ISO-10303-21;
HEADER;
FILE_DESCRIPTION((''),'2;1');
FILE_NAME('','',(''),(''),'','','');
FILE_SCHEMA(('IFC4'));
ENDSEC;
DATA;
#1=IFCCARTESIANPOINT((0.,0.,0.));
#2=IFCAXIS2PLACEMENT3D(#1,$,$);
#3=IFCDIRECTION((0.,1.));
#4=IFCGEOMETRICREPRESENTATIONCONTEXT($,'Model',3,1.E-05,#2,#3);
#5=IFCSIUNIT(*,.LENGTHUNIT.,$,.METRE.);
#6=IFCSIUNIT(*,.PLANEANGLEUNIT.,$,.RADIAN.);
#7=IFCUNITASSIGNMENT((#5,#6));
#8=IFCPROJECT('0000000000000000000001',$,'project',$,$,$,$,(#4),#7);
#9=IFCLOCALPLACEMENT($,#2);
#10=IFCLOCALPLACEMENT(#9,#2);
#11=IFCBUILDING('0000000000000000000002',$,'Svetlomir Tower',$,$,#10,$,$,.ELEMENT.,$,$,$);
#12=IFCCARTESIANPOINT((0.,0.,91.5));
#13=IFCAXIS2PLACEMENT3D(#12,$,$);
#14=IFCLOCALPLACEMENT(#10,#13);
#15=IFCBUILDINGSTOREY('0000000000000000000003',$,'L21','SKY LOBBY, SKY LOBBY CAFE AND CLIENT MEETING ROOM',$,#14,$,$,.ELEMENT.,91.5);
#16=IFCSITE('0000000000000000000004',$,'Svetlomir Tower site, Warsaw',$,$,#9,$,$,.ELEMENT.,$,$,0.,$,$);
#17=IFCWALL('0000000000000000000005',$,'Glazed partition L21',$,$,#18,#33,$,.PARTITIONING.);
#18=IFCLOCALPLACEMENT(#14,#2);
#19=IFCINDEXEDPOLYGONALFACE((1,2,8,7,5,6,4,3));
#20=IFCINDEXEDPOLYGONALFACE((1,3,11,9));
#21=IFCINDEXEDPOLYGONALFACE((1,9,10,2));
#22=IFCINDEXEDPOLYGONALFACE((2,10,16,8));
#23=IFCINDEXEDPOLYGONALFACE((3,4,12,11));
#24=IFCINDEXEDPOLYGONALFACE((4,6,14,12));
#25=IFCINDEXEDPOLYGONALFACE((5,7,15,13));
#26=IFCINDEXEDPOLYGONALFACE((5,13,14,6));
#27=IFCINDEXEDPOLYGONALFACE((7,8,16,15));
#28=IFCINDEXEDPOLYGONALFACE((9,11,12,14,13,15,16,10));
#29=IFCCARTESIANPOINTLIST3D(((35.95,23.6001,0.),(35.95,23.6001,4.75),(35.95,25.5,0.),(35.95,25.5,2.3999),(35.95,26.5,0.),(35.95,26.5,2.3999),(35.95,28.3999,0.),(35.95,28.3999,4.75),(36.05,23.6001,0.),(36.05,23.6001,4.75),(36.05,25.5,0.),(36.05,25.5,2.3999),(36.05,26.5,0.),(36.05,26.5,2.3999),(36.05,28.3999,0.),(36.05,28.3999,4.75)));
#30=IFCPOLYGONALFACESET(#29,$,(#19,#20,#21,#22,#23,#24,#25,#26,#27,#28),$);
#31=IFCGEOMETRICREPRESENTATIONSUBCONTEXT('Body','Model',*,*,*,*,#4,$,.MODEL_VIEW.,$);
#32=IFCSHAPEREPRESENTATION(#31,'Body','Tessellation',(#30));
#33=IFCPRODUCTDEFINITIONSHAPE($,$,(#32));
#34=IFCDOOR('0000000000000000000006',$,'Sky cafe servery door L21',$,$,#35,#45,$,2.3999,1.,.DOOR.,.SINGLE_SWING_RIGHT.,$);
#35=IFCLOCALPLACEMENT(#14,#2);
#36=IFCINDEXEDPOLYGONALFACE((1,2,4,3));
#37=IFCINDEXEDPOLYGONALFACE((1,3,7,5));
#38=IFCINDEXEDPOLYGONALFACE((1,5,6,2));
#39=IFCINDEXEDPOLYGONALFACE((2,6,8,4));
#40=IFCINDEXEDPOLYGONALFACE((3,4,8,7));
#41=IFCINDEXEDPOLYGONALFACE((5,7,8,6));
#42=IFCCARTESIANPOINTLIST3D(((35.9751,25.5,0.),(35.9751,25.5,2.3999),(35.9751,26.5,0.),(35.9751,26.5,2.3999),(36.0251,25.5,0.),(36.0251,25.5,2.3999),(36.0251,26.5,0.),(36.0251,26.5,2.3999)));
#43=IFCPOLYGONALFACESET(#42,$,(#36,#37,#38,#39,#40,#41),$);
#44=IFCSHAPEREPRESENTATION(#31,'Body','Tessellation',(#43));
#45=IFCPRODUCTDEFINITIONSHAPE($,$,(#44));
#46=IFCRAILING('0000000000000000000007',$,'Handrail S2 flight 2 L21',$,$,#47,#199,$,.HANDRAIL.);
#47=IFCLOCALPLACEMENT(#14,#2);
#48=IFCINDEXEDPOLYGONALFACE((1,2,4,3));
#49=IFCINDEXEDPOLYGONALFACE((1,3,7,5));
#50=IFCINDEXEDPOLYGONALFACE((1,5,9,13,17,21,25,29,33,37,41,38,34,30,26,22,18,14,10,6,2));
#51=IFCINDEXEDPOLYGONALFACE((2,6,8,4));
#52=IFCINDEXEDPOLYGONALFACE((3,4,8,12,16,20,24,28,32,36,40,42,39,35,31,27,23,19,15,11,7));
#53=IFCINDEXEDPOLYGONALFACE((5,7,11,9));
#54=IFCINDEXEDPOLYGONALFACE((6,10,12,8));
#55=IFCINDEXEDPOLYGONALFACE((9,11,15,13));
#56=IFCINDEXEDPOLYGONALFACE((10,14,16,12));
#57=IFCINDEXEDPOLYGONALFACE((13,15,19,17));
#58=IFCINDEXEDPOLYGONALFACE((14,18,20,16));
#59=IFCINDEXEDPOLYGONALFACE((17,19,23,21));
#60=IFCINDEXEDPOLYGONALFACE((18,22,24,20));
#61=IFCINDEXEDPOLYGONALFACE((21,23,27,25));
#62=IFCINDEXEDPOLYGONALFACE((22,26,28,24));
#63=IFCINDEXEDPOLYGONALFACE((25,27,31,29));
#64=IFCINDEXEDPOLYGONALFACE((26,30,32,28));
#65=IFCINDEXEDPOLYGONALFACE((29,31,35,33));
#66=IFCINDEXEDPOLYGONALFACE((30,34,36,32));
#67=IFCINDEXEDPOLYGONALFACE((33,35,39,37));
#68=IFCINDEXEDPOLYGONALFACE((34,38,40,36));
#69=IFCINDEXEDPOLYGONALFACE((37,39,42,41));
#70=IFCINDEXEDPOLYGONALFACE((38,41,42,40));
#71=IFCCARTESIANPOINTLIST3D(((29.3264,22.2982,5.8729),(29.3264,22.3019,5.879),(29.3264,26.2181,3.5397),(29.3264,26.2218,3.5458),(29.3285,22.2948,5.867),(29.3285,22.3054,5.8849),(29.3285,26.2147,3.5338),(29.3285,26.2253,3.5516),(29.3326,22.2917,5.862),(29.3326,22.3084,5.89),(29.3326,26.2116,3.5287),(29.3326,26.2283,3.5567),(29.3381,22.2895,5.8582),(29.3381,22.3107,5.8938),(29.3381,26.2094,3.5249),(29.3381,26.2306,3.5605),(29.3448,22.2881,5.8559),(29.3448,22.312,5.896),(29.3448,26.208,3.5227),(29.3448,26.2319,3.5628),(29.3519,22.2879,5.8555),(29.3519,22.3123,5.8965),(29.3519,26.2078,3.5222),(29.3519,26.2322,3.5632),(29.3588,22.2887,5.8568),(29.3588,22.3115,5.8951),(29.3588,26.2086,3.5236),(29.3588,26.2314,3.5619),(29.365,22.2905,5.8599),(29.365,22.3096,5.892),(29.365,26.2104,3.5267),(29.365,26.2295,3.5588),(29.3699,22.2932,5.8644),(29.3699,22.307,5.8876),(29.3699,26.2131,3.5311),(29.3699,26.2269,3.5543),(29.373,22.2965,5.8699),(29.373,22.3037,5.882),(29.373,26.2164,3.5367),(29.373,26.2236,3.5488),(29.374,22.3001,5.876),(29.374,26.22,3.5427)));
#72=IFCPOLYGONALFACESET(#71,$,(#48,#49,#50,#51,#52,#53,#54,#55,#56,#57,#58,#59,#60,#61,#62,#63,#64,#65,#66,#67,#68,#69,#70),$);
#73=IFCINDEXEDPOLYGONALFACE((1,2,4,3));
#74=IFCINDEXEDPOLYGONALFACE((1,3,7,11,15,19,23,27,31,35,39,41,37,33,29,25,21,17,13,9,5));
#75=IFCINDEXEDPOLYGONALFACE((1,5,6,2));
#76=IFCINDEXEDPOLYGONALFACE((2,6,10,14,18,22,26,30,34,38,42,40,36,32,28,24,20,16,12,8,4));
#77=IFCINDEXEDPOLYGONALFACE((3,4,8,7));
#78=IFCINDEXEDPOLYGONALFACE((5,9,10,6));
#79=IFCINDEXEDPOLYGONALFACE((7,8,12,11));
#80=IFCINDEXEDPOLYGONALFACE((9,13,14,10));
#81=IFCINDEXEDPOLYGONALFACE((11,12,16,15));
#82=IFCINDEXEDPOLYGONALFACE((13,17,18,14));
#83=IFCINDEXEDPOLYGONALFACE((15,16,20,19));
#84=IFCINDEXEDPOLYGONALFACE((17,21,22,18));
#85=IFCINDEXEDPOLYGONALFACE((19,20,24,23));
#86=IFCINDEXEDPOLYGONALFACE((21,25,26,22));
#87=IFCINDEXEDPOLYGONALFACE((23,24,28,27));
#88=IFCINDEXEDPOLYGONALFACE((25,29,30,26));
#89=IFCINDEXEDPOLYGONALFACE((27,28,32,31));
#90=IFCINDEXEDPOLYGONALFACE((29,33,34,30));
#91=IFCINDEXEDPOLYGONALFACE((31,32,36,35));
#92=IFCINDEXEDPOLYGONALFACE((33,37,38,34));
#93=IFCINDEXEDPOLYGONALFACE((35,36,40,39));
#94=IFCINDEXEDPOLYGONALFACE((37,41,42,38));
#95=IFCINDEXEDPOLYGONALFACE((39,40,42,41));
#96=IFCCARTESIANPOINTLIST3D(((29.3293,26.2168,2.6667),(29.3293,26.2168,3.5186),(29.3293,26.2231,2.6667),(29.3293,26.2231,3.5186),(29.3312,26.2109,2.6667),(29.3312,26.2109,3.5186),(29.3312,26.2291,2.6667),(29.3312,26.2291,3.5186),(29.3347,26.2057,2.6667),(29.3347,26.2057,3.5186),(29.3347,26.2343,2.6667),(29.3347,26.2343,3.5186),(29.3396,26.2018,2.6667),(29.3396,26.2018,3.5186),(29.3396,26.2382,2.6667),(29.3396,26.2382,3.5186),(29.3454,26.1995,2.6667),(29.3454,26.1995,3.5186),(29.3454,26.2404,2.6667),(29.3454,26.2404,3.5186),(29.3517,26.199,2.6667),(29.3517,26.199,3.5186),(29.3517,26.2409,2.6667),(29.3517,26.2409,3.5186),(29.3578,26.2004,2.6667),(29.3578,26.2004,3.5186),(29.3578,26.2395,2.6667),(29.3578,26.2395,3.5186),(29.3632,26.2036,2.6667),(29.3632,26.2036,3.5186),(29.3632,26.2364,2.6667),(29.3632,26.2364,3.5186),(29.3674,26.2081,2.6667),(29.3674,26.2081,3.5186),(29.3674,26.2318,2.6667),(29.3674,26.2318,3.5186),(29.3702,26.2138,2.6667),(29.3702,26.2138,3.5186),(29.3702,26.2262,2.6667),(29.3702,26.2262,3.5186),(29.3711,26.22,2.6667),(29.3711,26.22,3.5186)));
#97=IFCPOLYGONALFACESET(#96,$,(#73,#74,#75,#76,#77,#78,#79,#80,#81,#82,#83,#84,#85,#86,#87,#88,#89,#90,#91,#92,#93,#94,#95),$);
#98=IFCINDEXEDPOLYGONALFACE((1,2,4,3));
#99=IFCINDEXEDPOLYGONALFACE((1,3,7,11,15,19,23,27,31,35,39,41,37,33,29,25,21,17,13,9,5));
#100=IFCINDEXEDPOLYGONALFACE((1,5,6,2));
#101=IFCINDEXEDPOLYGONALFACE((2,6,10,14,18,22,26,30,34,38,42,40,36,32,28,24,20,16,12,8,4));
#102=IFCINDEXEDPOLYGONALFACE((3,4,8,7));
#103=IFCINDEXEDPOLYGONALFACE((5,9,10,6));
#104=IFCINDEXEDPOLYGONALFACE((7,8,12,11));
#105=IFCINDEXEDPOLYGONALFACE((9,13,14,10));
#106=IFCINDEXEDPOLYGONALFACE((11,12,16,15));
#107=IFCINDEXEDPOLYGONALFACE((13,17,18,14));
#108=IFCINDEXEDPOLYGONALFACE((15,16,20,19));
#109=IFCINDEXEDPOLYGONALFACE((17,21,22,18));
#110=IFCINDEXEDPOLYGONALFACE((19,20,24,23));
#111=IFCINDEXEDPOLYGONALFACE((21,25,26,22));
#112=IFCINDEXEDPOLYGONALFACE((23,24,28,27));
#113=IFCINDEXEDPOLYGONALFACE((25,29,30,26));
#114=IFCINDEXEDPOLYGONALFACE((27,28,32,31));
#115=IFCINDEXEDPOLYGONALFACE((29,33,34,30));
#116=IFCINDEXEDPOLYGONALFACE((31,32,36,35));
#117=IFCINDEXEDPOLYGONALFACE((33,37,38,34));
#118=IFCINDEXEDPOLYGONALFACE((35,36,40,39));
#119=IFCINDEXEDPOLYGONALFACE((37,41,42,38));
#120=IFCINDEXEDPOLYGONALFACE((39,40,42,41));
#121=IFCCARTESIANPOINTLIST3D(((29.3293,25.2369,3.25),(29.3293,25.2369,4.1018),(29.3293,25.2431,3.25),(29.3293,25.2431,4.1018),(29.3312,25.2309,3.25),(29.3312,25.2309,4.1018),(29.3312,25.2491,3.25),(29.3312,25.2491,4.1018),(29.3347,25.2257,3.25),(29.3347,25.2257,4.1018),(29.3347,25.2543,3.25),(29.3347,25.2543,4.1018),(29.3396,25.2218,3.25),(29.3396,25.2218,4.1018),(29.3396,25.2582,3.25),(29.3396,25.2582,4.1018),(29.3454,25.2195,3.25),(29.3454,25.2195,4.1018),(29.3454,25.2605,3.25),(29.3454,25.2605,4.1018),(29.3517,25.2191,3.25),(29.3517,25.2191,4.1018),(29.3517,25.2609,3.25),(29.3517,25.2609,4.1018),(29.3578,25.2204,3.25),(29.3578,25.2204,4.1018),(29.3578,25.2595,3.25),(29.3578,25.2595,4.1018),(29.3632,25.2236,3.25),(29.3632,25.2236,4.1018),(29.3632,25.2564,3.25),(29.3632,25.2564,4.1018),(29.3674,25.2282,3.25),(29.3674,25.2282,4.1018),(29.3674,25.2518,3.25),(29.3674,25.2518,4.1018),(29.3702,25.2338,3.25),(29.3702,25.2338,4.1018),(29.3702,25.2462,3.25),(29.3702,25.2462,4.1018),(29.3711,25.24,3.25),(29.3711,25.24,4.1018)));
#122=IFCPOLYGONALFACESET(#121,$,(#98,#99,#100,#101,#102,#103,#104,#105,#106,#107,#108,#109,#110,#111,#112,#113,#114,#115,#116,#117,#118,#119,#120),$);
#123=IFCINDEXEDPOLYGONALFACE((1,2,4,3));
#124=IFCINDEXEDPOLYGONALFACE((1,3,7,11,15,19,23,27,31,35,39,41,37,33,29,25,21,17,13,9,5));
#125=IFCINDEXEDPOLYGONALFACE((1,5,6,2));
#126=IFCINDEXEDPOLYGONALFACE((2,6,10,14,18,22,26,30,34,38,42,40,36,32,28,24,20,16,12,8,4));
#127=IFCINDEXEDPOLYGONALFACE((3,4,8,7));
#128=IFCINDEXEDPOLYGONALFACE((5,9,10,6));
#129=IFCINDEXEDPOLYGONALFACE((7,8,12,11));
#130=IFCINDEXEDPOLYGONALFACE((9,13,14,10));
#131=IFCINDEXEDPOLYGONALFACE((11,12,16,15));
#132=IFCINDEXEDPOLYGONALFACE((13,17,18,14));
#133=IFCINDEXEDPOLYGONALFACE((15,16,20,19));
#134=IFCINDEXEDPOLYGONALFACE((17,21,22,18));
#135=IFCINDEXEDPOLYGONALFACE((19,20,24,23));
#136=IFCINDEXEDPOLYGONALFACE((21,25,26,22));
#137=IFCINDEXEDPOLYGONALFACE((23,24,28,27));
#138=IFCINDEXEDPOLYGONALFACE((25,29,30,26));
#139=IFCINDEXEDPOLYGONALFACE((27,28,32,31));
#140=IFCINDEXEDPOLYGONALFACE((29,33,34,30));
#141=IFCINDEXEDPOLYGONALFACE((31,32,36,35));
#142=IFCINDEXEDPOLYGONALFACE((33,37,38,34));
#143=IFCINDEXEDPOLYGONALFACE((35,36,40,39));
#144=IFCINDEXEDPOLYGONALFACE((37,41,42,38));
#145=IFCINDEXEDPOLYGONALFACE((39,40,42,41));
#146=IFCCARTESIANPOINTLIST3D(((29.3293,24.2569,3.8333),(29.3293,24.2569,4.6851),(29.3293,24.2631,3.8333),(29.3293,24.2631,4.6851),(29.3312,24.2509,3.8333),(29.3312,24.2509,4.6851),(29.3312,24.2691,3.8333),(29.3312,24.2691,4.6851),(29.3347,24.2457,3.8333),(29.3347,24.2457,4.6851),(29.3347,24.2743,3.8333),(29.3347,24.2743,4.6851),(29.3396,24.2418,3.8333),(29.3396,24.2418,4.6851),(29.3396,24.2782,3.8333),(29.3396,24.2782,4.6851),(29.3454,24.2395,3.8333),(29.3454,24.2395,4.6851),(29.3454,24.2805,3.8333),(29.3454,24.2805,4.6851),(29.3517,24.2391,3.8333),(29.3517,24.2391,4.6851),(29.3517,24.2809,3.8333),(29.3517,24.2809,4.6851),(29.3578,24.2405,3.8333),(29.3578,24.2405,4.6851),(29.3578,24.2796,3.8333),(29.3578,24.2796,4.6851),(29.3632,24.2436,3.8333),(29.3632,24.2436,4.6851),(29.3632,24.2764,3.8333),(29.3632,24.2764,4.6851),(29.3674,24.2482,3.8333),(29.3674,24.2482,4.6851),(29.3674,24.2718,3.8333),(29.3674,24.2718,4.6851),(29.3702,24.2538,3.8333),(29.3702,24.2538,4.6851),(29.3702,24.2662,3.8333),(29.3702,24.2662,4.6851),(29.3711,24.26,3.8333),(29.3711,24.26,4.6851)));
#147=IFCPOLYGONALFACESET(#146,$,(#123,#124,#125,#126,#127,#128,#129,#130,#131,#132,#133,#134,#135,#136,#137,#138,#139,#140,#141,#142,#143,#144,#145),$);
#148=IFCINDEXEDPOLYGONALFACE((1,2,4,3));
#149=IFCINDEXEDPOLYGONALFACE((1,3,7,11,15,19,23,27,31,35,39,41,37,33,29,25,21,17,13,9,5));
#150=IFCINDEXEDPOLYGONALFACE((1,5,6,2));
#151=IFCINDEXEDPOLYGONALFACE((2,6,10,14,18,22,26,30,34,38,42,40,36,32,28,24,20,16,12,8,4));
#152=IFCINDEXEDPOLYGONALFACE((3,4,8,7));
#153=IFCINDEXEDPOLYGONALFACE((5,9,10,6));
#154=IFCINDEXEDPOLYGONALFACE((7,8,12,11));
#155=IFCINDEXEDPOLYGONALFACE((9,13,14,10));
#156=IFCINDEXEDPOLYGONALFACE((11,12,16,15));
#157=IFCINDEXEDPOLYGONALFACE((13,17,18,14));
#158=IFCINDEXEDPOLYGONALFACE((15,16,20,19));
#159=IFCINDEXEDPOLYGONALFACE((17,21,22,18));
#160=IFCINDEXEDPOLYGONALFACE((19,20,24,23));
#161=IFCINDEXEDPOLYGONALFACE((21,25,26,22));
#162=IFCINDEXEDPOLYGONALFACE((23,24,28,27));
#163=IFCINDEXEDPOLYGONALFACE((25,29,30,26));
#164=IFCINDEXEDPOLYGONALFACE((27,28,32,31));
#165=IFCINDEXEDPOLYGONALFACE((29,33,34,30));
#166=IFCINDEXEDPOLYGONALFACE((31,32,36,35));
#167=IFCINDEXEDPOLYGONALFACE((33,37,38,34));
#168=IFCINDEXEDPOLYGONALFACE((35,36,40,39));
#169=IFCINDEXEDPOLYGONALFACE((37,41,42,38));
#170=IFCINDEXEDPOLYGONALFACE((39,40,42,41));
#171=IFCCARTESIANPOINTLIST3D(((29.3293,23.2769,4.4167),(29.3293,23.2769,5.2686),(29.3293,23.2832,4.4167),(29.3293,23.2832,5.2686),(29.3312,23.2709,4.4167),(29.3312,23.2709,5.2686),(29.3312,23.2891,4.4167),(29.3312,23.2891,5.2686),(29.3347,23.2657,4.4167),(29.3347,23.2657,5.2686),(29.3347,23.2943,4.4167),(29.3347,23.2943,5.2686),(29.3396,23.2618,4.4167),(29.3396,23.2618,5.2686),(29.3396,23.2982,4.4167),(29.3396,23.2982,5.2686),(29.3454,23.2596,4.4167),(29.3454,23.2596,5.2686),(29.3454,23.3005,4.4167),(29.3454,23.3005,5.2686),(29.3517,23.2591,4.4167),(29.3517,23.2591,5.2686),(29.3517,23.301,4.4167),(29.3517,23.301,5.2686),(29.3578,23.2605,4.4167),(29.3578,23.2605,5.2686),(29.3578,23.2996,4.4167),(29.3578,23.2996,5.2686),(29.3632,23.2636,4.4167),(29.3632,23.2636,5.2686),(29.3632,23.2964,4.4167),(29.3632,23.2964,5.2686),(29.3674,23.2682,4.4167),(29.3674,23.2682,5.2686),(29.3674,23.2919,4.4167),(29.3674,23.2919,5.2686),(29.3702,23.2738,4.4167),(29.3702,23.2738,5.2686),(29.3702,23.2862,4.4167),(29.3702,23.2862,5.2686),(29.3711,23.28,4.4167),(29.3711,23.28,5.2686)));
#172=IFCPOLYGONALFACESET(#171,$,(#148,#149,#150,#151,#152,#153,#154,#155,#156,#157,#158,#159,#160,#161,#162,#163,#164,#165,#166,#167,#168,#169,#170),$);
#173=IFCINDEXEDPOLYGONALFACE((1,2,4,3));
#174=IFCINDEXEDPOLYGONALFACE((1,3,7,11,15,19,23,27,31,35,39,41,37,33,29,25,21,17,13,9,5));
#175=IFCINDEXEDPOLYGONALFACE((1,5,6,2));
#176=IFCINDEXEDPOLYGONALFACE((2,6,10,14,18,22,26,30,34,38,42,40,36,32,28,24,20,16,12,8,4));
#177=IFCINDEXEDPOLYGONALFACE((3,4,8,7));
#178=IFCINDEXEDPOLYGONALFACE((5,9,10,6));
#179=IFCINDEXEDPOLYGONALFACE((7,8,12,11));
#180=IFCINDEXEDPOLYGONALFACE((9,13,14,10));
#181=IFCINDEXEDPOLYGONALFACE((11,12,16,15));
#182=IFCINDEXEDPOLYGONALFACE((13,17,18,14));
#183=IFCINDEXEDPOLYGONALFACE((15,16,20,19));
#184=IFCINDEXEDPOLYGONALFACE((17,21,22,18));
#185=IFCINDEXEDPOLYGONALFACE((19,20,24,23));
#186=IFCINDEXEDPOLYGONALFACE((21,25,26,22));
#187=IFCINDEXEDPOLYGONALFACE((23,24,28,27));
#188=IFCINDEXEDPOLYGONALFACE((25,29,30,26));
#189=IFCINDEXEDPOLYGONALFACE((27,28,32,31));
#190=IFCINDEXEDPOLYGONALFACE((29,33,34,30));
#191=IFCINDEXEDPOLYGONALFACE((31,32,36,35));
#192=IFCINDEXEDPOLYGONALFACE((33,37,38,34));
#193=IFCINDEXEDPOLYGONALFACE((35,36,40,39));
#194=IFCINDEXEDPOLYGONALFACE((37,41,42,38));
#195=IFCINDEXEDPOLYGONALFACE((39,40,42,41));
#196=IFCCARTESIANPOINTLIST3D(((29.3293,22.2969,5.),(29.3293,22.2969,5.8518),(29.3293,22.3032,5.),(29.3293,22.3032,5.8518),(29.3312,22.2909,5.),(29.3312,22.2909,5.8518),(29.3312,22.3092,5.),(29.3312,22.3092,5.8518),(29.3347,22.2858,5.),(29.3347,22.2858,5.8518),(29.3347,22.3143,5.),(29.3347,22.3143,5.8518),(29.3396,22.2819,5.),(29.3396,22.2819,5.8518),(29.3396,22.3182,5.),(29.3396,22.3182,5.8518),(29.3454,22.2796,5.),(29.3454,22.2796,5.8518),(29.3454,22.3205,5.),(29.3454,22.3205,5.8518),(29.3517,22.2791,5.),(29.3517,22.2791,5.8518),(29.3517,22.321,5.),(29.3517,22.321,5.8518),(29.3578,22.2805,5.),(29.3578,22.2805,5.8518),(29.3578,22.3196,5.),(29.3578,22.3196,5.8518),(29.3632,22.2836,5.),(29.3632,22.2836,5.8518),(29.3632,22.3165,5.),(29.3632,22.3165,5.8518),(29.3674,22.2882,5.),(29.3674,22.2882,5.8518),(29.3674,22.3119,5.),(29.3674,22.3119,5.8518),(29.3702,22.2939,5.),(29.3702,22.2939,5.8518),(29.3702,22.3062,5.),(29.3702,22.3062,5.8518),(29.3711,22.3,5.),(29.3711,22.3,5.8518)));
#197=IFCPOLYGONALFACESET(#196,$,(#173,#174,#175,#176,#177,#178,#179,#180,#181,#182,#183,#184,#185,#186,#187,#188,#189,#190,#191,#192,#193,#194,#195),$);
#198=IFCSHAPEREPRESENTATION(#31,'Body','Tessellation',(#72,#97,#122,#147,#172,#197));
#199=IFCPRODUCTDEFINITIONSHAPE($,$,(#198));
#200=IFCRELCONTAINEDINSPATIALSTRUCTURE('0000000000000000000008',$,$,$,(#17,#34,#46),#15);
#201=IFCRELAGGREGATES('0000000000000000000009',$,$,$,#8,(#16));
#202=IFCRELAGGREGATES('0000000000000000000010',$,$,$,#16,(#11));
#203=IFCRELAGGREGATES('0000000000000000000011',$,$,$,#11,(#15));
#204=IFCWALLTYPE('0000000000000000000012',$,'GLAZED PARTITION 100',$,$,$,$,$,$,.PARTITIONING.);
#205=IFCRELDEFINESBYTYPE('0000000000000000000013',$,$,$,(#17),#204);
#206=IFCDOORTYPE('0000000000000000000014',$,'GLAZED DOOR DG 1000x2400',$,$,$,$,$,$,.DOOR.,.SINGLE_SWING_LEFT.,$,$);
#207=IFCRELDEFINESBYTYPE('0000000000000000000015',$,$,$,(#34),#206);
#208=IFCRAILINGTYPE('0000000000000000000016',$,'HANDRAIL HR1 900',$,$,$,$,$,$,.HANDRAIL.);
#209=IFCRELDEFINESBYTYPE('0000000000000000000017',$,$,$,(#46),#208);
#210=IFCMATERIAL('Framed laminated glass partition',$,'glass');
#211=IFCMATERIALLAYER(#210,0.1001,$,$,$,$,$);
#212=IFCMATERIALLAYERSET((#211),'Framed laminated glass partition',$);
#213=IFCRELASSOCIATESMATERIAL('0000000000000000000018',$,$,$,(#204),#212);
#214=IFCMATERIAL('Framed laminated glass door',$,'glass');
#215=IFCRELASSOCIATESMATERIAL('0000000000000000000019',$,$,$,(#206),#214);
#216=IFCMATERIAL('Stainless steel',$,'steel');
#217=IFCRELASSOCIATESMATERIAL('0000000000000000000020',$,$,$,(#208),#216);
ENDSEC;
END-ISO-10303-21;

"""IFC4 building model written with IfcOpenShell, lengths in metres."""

from ifc_helpers import new_model, si_unit, direction, frame, frame_2d, origin, origin_2d, place, context, subcontext, project, spatial, rectangle, circle, extrude, material, layer, layer_set, type_object, element, fill, save


model = new_model("IFC4")

# Units and contexts
model_context = context("Model", 3, precision=1e-05, world=origin(), true_north=direction((0.0, 1.0)))
body_context = subcontext(model_context, "Body", "Model", "MODEL_VIEW")
ifc_project = project(units=[si_unit("LENGTHUNIT", "METRE"), si_unit("PLANEANGLEUNIT", "RADIAN")], contexts=[model_context])

# Site, building, storey
site_placement = place(None, origin())
site = spatial("IfcSite", under=ifc_project, at=site_placement, Name="Svetlomir Tower site, Warsaw", CompositionType="ELEMENT", RefElevation=0.0)
building_placement = place(site_placement, origin())
building = spatial("IfcBuilding", under=site, at=building_placement, Name="Svetlomir Tower", CompositionType="ELEMENT")
storey_placement = place(building_placement, frame((0.0, 0.0, 91.5)))
storey = spatial("IfcBuildingStorey", under=building, at=storey_placement, Name="L21", Description="SKY LOBBY, SKY LOBBY CAFE AND CLIENT MEETING ROOM", CompositionType="ELEMENT", Elevation=91.5)

# Shared definitions
ifc_material_1 = material(Name="Framed laminated glass partition", Category="glass")
ifc_layer_1 = layer(ifc_material_1, 0.1001)
ifc_layer_set_1 = layer_set([ifc_layer_1], Name="Framed laminated glass partition")
wall_type = type_object("IfcWallType", Name="GLAZED PARTITION 100", PredefinedType="PARTITIONING", material=ifc_layer_set_1)

# Wall, opening, door
wall_placement = place(storey_placement, frame((36.0, 23.6001, 0.0), z_axis=(0.0, 0.0, 1.0), x_axis=(0.0, 1.0, 0.0)))
wall = element("IfcWall", 1, at=wall_placement, inside=storey, type_object=wall_type, Name="Glazed partition L21", PredefinedType="PARTITIONING", context=body_context, shape_type="SweptSolid", body=[
    extrude(rectangle(XDim=4.7998, YDim=0.1001, at=frame_2d((2.3999, 0.0))), origin(), (0.0, 0.0, 1.0), 4.75),
])
opening_placement = place(wall_placement, frame((1.8999, 0.0, 0.0)))
opening = element("IfcOpeningElement", 2, at=opening_placement, cuts=wall, PredefinedType="OPENING", context=body_context, shape_type="SweptSolid", body=[
    extrude(rectangle(XDim=1.0, YDim=2.3999, at=frame_2d((0.5, 1.2))), frame((0.0, 0.0601, 0.0), z_axis=(0.0, -1.0, 0.0), x_axis=(1.0, 0.0, 0.0)), (0.0, 0.0, 1.0), 0.1201),
])
ifc_material_2 = material(Name="Framed laminated glass door", Category="glass")
door_type = type_object("IfcDoorType", Name="GLAZED DOOR DG 1000x2400", OperationType="SINGLE_SWING_LEFT", PredefinedType="DOOR", material=ifc_material_2)
door_placement = place(opening_placement, origin())
door = element("IfcDoor", 3, at=door_placement, inside=storey, type_object=door_type, Name="Sky cafe servery door L21", OperationType="SINGLE_SWING_RIGHT", OverallHeight=2.3999, OverallWidth=1.0, PredefinedType="DOOR", context=body_context, shape_type="SweptSolid", body=[
    extrude(rectangle(XDim=1.0, YDim=2.3999, at=frame_2d((0.5, 1.2))), frame((0.0, 0.0249, 0.0), z_axis=(0.0, -1.0, 0.0), x_axis=(1.0, 0.0, 0.0)), (0.0, 0.0, 1.0), 0.05),
])
fill(opening, door)

# Railing
ifc_material_3 = material(Name="Stainless steel", Category="steel")
railing_type = type_object("IfcRailingType", Name="HANDRAIL HR1 900", PredefinedType="HANDRAIL", material=ifc_material_3)
railing_placement = place(storey_placement, frame((29.3501, 26.22, 2.6667)))
element("IfcRailing", 4, at=railing_placement, inside=storey, type_object=railing_type, Name="Handrail S2 flight 2 L21", PredefinedType="HANDRAIL", context=body_context, shape_type="SweptSolid", body=[
    extrude(circle(Radius=0.0239, at=origin_2d()), frame((0.0, 0.0, 0.876), z_axis=(0.0, -0.859296, 0.511478), x_axis=(1.0, 0.0, 0.0)), (0.0, 0.0, 1.0), 4.5618),
    extrude(circle(Radius=0.021, at=origin_2d()), origin(), (0.0, 0.0, 1.0), 0.8518),
    extrude(circle(Radius=0.021, at=origin_2d()), frame((0.0, -0.98, 0.5833)), (0.0, 0.0, 1.0), 0.8518),
    extrude(circle(Radius=0.021, at=origin_2d()), frame((0.0, -1.96, 1.1665)), (0.0, 0.0, 1.0), 0.8518),
    extrude(circle(Radius=0.021, at=origin_2d()), frame((0.0, -2.9399, 1.75)), (0.0, 0.0, 1.0), 0.8518),
    extrude(circle(Radius=0.021, at=origin_2d()), frame((0.0, -3.9199, 2.3333)), (0.0, 0.0, 1.0), 0.8518),
])

save(model, "model.ifc")
